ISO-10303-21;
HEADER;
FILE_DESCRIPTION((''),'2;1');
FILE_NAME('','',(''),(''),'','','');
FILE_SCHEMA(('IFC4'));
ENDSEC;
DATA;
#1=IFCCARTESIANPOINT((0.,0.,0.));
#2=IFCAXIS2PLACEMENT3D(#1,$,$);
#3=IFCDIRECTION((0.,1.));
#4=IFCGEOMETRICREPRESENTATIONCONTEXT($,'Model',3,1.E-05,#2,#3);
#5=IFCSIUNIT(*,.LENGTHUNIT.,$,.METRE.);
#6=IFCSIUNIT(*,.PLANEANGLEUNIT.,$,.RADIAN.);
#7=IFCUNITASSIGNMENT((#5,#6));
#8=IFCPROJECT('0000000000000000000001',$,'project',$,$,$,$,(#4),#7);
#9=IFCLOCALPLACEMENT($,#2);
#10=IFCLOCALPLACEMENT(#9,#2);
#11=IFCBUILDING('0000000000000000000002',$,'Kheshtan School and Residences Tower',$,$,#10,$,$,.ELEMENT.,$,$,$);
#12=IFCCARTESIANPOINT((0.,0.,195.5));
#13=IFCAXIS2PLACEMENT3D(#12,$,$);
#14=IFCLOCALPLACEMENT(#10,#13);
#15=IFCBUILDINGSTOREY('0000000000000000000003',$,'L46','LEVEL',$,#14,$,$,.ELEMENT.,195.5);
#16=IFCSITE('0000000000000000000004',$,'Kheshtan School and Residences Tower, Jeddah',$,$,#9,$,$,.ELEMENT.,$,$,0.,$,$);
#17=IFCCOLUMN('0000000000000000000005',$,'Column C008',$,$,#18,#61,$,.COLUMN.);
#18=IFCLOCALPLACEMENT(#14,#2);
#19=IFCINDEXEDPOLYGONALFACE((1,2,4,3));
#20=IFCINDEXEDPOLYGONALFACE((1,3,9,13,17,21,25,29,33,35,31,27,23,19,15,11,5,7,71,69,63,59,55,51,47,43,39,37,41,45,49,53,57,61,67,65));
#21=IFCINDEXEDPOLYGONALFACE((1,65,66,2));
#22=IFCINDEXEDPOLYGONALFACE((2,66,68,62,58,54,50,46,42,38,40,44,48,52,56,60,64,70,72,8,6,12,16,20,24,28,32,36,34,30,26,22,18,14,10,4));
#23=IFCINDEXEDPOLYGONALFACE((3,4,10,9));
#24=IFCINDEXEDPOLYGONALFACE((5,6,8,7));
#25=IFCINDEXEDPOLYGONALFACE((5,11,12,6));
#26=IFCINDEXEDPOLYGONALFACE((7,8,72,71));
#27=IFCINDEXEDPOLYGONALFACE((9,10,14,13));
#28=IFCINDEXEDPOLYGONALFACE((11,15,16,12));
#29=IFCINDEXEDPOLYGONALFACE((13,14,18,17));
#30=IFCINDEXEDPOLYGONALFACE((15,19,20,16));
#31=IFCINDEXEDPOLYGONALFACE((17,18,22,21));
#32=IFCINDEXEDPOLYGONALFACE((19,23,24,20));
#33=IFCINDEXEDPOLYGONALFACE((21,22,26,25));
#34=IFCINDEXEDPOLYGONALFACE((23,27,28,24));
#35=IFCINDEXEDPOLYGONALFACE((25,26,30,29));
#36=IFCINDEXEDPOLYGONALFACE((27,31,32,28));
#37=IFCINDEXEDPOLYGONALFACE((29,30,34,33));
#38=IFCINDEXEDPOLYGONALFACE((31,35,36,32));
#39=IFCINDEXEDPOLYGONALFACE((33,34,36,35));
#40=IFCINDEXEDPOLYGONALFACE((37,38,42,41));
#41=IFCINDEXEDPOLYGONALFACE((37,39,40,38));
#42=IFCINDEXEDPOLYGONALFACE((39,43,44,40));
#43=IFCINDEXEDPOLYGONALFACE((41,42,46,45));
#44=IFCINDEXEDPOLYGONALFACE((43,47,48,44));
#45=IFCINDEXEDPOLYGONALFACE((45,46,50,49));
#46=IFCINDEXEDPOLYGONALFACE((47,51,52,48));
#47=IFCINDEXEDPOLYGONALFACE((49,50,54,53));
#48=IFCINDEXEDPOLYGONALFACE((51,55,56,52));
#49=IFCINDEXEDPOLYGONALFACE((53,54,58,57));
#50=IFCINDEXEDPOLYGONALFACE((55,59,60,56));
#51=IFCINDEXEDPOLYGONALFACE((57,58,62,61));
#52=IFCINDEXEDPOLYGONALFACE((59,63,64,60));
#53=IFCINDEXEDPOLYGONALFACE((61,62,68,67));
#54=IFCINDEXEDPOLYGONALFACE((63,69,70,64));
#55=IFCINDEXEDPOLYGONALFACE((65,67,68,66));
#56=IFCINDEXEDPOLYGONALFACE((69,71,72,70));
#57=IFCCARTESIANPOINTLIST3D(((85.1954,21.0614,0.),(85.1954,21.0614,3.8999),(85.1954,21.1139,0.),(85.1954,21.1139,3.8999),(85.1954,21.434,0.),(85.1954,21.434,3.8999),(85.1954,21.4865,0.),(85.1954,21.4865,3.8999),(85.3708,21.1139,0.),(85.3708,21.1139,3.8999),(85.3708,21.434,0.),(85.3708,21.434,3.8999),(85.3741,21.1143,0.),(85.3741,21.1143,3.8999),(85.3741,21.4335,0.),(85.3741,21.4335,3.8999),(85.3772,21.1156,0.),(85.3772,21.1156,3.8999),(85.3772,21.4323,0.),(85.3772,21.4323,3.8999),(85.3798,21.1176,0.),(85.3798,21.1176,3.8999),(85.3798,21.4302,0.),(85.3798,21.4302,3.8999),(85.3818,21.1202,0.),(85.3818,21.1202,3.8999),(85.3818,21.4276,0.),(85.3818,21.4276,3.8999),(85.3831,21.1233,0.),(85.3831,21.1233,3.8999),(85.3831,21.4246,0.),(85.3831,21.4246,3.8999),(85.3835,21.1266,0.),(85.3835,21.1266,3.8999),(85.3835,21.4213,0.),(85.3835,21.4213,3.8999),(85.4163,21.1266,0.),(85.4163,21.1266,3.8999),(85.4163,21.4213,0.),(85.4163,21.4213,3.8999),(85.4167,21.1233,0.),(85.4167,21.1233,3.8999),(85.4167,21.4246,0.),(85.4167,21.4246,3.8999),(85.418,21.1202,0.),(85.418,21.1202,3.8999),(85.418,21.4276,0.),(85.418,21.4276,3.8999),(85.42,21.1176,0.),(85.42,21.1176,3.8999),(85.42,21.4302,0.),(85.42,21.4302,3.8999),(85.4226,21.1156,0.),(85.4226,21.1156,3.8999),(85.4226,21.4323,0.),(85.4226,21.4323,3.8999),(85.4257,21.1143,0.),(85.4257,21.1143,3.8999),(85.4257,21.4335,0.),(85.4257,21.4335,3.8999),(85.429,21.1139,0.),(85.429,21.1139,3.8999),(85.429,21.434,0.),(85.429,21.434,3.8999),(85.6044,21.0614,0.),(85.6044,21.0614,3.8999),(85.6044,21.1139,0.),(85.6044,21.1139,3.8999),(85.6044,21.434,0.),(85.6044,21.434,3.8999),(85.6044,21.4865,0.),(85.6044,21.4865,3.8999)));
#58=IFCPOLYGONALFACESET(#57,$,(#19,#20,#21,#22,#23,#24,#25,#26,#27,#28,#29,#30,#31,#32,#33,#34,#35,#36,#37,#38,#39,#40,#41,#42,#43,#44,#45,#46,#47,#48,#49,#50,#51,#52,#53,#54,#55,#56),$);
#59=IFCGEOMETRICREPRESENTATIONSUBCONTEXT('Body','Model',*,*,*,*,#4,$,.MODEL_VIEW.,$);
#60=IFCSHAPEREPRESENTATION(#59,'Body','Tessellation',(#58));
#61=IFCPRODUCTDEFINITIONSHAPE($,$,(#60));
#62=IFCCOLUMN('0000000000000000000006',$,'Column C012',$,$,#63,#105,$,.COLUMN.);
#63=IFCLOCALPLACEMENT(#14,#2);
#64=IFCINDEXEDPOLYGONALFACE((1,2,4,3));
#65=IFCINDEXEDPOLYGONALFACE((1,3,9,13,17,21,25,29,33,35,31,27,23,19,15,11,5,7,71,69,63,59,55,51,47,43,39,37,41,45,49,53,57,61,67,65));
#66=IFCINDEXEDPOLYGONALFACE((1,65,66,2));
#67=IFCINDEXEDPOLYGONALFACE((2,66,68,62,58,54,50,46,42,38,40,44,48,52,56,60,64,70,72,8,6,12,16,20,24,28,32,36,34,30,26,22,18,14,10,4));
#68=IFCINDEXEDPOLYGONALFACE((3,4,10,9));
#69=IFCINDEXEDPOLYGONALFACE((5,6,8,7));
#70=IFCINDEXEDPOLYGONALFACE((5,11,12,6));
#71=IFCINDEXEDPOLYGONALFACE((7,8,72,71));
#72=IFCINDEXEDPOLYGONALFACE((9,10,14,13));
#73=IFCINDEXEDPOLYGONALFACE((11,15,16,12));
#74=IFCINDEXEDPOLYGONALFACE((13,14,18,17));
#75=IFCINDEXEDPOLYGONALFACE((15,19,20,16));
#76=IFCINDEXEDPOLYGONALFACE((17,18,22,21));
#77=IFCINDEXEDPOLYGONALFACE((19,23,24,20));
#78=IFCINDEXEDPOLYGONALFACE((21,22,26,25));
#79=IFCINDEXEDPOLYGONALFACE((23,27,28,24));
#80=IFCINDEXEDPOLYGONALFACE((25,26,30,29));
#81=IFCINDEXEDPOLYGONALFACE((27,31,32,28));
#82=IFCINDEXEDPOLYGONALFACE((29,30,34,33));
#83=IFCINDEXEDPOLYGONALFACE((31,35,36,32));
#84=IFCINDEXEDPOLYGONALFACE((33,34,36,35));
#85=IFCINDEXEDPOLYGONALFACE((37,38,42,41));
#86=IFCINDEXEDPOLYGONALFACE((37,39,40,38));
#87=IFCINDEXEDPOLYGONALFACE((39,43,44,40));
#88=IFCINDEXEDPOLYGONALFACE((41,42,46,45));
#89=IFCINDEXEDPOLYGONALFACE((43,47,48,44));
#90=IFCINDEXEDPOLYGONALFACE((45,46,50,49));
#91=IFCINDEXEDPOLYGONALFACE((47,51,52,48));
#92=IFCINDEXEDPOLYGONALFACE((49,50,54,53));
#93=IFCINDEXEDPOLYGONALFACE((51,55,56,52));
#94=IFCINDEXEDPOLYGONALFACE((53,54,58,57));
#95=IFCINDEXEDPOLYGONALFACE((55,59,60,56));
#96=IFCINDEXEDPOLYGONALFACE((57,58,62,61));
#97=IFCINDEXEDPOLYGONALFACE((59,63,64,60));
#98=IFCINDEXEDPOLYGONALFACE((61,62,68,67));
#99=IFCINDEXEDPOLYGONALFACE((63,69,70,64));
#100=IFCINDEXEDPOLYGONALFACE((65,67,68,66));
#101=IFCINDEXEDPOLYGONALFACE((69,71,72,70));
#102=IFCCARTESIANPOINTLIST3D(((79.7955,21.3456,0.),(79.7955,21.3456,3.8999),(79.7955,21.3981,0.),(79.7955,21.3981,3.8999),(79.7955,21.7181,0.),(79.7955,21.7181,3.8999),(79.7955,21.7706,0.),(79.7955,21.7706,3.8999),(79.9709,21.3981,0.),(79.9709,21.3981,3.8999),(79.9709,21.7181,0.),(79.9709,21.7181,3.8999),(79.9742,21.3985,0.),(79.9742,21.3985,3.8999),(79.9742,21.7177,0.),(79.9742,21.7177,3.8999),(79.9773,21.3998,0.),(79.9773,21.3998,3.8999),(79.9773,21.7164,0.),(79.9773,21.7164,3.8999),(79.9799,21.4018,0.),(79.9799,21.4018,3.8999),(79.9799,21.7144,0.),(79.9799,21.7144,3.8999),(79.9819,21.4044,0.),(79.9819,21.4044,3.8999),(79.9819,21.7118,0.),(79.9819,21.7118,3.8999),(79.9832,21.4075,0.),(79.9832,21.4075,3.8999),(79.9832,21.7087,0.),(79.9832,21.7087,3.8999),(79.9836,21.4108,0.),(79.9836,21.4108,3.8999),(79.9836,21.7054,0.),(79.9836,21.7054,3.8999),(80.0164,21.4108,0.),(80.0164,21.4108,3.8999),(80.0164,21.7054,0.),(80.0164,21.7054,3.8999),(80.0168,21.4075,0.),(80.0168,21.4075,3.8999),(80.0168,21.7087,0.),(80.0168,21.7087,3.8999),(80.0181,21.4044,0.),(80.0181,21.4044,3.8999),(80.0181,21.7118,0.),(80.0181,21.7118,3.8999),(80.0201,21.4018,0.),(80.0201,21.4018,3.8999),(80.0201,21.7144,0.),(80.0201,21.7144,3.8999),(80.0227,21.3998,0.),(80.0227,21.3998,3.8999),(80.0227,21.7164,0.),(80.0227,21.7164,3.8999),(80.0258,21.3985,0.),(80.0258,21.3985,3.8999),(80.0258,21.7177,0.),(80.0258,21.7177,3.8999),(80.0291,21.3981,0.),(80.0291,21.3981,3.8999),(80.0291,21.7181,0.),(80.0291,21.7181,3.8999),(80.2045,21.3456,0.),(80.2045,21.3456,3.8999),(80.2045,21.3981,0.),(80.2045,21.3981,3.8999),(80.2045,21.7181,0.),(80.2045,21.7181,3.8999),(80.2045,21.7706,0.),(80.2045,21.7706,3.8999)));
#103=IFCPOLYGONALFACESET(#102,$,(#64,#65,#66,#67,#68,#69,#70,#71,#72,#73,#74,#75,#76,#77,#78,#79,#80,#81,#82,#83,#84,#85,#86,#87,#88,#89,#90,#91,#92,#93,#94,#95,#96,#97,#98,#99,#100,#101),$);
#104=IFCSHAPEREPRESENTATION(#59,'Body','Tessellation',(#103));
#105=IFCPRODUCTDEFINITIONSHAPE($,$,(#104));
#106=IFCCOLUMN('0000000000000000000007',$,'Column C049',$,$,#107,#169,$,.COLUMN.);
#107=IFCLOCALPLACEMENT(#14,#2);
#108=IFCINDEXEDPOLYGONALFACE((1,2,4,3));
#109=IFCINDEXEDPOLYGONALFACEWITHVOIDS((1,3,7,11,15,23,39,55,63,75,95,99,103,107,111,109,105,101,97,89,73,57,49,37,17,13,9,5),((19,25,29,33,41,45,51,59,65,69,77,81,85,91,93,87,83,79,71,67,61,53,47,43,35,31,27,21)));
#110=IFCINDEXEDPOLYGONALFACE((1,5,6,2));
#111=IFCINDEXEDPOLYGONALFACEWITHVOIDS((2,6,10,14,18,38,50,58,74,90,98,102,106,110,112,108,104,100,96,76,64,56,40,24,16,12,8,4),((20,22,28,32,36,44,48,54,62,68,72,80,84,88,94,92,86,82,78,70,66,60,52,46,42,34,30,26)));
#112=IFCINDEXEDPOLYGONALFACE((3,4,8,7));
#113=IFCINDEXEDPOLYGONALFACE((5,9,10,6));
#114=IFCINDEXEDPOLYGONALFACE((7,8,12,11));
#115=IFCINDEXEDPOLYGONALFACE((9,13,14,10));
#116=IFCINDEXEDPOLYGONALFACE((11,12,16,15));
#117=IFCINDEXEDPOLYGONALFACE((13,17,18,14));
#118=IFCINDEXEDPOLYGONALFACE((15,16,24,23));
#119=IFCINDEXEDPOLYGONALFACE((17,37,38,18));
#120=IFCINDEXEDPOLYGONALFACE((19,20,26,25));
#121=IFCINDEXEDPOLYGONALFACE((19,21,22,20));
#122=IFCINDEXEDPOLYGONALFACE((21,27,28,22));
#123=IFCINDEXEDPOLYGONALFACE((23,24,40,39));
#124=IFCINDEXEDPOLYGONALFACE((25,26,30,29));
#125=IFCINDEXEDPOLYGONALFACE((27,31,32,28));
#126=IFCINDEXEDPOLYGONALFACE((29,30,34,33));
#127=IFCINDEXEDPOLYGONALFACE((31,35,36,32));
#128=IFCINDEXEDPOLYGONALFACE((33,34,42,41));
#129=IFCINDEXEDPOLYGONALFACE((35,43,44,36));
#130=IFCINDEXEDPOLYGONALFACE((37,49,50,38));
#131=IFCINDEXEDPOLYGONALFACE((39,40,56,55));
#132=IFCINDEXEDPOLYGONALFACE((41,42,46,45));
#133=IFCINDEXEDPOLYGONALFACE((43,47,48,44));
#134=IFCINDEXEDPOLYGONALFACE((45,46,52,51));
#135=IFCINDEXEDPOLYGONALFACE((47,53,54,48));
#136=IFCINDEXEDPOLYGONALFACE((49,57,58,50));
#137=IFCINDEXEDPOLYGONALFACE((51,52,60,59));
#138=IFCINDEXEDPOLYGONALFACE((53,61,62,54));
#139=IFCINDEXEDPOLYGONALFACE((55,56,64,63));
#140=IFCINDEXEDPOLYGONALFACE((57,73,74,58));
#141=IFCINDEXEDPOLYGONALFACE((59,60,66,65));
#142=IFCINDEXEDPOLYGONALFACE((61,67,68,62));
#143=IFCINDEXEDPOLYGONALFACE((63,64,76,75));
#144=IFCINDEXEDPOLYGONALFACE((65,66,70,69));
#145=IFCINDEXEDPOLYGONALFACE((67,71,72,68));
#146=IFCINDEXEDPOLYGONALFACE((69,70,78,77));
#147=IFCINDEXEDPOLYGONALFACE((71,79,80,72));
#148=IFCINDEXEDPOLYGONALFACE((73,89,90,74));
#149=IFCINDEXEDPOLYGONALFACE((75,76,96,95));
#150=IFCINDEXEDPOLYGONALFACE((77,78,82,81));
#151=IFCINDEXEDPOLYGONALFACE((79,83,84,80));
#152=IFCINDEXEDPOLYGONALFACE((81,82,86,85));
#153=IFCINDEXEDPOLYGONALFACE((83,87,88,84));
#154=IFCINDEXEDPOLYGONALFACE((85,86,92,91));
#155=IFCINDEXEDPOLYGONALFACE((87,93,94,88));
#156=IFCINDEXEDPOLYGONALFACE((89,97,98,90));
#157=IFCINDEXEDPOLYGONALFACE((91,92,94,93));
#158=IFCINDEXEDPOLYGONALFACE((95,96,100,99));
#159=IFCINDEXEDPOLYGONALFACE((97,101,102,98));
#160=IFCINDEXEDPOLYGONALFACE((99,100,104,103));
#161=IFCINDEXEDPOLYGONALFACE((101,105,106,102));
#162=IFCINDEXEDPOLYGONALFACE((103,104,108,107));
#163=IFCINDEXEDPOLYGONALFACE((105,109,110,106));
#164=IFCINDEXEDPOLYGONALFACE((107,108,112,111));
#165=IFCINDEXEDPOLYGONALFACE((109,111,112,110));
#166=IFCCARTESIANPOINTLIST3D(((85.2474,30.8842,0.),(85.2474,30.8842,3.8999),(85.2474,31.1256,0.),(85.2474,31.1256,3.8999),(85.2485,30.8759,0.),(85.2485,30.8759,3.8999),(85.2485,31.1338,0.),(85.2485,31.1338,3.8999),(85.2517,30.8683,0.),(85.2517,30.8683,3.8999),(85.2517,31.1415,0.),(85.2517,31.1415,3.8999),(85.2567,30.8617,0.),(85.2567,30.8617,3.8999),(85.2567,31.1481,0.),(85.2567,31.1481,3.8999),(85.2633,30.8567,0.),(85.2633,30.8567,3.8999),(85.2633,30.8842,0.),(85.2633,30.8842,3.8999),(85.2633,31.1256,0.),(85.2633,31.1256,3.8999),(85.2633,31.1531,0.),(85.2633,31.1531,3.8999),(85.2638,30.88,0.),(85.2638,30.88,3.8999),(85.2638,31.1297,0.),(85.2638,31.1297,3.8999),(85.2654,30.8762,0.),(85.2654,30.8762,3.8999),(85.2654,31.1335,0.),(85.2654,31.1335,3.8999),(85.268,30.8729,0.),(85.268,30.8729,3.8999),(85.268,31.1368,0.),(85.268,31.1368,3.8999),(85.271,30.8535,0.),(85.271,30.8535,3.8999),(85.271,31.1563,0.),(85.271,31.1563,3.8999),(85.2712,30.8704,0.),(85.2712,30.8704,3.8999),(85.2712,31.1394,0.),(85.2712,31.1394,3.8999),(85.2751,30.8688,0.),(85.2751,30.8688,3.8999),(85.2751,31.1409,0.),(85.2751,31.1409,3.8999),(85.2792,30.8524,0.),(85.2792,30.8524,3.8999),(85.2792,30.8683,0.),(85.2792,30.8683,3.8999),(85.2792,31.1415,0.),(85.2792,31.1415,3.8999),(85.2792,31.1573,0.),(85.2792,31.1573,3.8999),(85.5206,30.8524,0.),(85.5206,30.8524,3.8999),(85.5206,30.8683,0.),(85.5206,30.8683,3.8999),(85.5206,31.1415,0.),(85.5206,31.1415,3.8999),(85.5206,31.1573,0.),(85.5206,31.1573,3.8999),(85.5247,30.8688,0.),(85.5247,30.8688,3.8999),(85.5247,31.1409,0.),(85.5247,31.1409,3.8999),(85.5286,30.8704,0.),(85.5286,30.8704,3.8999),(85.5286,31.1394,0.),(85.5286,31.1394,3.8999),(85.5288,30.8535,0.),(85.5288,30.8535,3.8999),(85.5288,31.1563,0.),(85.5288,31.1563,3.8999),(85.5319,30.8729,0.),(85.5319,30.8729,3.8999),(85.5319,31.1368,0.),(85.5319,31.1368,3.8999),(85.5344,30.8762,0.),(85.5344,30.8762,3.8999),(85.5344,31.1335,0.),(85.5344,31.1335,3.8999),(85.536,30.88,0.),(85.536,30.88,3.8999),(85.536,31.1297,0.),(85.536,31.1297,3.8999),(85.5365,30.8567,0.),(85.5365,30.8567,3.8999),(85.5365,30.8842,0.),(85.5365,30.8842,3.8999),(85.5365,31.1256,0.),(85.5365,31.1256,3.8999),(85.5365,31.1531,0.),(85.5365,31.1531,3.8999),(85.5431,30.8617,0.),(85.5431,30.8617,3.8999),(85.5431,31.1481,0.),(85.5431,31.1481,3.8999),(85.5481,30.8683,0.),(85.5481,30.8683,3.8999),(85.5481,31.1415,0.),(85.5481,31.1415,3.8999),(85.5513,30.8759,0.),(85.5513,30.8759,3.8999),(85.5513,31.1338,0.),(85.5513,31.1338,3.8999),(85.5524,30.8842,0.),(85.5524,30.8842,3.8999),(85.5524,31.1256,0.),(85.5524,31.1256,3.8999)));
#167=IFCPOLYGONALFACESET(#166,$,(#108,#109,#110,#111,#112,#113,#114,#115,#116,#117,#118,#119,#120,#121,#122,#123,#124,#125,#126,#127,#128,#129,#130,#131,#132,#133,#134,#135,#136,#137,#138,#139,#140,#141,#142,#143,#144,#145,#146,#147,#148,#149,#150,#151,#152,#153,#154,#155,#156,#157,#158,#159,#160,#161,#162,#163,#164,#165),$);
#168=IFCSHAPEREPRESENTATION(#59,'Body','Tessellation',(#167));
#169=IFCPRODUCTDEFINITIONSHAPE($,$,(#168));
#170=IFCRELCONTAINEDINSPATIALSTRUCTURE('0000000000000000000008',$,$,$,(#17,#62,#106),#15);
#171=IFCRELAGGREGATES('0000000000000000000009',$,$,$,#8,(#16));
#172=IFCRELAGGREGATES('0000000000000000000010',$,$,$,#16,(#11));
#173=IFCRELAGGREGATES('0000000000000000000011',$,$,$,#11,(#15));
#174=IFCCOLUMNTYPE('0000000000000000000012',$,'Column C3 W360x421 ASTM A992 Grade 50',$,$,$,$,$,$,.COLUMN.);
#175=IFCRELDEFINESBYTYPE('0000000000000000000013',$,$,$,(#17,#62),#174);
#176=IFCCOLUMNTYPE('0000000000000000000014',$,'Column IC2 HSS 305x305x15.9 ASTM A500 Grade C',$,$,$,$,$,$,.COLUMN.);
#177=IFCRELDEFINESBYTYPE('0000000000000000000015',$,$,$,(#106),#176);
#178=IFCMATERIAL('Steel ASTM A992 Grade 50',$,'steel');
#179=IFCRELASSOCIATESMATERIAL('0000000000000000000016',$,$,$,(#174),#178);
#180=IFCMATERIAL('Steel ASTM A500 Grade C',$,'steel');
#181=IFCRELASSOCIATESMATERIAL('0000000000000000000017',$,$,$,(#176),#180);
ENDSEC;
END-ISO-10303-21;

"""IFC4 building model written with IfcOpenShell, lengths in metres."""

from ifc_helpers import new_model, si_unit, direction, frame, origin, origin_2d, place, context, subcontext, project, spatial, hollow_rectangle, i_section, extrude, material, material_profile, profile_set, type_object, element, save


model = new_model("IFC4")

# Units and contexts
model_context = context("Model", 3, precision=1e-05, world=origin(), true_north=direction((0.0, 1.0)))
body_context = subcontext(model_context, "Body", "Model", "MODEL_VIEW")
ifc_project = project(units=[si_unit("LENGTHUNIT", "METRE"), si_unit("PLANEANGLEUNIT", "RADIAN")], contexts=[model_context])

# Site, building, storey
site_placement = place(None, origin())
site = spatial("IfcSite", under=ifc_project, at=site_placement, Name="Kheshtan School and Residences Tower, Jeddah", CompositionType="ELEMENT", RefElevation=0.0)
building_placement = place(site_placement, origin())
building = spatial("IfcBuilding", under=site, at=building_placement, Name="Kheshtan School and Residences Tower", CompositionType="ELEMENT")
storey_placement = place(building_placement, frame((0.0, 0.0, 195.5)))
storey = spatial("IfcBuildingStorey", under=building, at=storey_placement, Name="L46", Description="LEVEL", CompositionType="ELEMENT", Elevation=195.5)

# Columns
ifc_material_1 = material(Name="Steel ASTM A992 Grade 50", Category="steel")
ifc_material_profile_1 = material_profile(ifc_material_1, i_section(OverallWidth=0.4089, OverallDepth=0.425, WebThickness=0.0327, FlangeThickness=0.0525, FilletRadius=0.0127, at=origin_2d()), Name="W360x421")
ifc_profile_set_1 = profile_set([ifc_material_profile_1], Name="Steel ASTM A992 Grade 50")
column_type_1 = type_object("IfcColumnType", Name="Column C3 W360x421 ASTM A992 Grade 50", PredefinedType="COLUMN", material=ifc_profile_set_1)
for number, where, z_axis, x_axis, name in (
    (1, (85.3999, 21.2739, 0.0), (0.0, 0.0, 1.0), (1.0, 0.0, 0.0), "Column C008"),
    (2, (80.0, 21.5581, 0.0), (0.0, 0.0, 1.0), (1.0, 0.0, 0.0), "Column C012"),
):
    element("IfcColumn", number, at=place(storey_placement, frame(where, z_axis=z_axis, x_axis=x_axis)), inside=storey, type_object=column_type_1, Name=name, PredefinedType="COLUMN", context=body_context, shape_type="SweptSolid", body=[
        extrude(i_section(OverallWidth=0.4089, OverallDepth=0.425, WebThickness=0.0327, FlangeThickness=0.0525, FilletRadius=0.0127, at=origin_2d()), origin(), (0.0, 0.0, 1.0), 3.8999),
    ])
ifc_material_2 = material(Name="Steel ASTM A500 Grade C", Category="steel")
ifc_material_profile_2 = material_profile(ifc_material_2, hollow_rectangle(XDim=0.3049, YDim=0.3049, WallThickness=0.0159, InnerFilletRadius=0.0159, OuterFilletRadius=0.0317, at=origin_2d()), Name="HSS 305x305x15.9")
ifc_profile_set_2 = profile_set([ifc_material_profile_2], Name="Steel ASTM A500 Grade C")
column_type_2 = type_object("IfcColumnType", Name="Column IC2 HSS 305x305x15.9 ASTM A500 Grade C", PredefinedType="COLUMN", material=ifc_profile_set_2)
column_placement = place(storey_placement, frame((85.3999, 31.0049, 0.0), z_axis=(0.0, 0.0, 1.0), x_axis=(1.0, 0.0, 0.0)))
element("IfcColumn", 3, at=column_placement, inside=storey, type_object=column_type_2, Name="Column C049", PredefinedType="COLUMN", context=body_context, shape_type="SweptSolid", body=[
    extrude(hollow_rectangle(XDim=0.3049, YDim=0.3049, WallThickness=0.0159, InnerFilletRadius=0.0159, OuterFilletRadius=0.0317, at=origin_2d()), origin(), (0.0, 0.0, 1.0), 3.8999),
])

save(model, "model.ifc")
